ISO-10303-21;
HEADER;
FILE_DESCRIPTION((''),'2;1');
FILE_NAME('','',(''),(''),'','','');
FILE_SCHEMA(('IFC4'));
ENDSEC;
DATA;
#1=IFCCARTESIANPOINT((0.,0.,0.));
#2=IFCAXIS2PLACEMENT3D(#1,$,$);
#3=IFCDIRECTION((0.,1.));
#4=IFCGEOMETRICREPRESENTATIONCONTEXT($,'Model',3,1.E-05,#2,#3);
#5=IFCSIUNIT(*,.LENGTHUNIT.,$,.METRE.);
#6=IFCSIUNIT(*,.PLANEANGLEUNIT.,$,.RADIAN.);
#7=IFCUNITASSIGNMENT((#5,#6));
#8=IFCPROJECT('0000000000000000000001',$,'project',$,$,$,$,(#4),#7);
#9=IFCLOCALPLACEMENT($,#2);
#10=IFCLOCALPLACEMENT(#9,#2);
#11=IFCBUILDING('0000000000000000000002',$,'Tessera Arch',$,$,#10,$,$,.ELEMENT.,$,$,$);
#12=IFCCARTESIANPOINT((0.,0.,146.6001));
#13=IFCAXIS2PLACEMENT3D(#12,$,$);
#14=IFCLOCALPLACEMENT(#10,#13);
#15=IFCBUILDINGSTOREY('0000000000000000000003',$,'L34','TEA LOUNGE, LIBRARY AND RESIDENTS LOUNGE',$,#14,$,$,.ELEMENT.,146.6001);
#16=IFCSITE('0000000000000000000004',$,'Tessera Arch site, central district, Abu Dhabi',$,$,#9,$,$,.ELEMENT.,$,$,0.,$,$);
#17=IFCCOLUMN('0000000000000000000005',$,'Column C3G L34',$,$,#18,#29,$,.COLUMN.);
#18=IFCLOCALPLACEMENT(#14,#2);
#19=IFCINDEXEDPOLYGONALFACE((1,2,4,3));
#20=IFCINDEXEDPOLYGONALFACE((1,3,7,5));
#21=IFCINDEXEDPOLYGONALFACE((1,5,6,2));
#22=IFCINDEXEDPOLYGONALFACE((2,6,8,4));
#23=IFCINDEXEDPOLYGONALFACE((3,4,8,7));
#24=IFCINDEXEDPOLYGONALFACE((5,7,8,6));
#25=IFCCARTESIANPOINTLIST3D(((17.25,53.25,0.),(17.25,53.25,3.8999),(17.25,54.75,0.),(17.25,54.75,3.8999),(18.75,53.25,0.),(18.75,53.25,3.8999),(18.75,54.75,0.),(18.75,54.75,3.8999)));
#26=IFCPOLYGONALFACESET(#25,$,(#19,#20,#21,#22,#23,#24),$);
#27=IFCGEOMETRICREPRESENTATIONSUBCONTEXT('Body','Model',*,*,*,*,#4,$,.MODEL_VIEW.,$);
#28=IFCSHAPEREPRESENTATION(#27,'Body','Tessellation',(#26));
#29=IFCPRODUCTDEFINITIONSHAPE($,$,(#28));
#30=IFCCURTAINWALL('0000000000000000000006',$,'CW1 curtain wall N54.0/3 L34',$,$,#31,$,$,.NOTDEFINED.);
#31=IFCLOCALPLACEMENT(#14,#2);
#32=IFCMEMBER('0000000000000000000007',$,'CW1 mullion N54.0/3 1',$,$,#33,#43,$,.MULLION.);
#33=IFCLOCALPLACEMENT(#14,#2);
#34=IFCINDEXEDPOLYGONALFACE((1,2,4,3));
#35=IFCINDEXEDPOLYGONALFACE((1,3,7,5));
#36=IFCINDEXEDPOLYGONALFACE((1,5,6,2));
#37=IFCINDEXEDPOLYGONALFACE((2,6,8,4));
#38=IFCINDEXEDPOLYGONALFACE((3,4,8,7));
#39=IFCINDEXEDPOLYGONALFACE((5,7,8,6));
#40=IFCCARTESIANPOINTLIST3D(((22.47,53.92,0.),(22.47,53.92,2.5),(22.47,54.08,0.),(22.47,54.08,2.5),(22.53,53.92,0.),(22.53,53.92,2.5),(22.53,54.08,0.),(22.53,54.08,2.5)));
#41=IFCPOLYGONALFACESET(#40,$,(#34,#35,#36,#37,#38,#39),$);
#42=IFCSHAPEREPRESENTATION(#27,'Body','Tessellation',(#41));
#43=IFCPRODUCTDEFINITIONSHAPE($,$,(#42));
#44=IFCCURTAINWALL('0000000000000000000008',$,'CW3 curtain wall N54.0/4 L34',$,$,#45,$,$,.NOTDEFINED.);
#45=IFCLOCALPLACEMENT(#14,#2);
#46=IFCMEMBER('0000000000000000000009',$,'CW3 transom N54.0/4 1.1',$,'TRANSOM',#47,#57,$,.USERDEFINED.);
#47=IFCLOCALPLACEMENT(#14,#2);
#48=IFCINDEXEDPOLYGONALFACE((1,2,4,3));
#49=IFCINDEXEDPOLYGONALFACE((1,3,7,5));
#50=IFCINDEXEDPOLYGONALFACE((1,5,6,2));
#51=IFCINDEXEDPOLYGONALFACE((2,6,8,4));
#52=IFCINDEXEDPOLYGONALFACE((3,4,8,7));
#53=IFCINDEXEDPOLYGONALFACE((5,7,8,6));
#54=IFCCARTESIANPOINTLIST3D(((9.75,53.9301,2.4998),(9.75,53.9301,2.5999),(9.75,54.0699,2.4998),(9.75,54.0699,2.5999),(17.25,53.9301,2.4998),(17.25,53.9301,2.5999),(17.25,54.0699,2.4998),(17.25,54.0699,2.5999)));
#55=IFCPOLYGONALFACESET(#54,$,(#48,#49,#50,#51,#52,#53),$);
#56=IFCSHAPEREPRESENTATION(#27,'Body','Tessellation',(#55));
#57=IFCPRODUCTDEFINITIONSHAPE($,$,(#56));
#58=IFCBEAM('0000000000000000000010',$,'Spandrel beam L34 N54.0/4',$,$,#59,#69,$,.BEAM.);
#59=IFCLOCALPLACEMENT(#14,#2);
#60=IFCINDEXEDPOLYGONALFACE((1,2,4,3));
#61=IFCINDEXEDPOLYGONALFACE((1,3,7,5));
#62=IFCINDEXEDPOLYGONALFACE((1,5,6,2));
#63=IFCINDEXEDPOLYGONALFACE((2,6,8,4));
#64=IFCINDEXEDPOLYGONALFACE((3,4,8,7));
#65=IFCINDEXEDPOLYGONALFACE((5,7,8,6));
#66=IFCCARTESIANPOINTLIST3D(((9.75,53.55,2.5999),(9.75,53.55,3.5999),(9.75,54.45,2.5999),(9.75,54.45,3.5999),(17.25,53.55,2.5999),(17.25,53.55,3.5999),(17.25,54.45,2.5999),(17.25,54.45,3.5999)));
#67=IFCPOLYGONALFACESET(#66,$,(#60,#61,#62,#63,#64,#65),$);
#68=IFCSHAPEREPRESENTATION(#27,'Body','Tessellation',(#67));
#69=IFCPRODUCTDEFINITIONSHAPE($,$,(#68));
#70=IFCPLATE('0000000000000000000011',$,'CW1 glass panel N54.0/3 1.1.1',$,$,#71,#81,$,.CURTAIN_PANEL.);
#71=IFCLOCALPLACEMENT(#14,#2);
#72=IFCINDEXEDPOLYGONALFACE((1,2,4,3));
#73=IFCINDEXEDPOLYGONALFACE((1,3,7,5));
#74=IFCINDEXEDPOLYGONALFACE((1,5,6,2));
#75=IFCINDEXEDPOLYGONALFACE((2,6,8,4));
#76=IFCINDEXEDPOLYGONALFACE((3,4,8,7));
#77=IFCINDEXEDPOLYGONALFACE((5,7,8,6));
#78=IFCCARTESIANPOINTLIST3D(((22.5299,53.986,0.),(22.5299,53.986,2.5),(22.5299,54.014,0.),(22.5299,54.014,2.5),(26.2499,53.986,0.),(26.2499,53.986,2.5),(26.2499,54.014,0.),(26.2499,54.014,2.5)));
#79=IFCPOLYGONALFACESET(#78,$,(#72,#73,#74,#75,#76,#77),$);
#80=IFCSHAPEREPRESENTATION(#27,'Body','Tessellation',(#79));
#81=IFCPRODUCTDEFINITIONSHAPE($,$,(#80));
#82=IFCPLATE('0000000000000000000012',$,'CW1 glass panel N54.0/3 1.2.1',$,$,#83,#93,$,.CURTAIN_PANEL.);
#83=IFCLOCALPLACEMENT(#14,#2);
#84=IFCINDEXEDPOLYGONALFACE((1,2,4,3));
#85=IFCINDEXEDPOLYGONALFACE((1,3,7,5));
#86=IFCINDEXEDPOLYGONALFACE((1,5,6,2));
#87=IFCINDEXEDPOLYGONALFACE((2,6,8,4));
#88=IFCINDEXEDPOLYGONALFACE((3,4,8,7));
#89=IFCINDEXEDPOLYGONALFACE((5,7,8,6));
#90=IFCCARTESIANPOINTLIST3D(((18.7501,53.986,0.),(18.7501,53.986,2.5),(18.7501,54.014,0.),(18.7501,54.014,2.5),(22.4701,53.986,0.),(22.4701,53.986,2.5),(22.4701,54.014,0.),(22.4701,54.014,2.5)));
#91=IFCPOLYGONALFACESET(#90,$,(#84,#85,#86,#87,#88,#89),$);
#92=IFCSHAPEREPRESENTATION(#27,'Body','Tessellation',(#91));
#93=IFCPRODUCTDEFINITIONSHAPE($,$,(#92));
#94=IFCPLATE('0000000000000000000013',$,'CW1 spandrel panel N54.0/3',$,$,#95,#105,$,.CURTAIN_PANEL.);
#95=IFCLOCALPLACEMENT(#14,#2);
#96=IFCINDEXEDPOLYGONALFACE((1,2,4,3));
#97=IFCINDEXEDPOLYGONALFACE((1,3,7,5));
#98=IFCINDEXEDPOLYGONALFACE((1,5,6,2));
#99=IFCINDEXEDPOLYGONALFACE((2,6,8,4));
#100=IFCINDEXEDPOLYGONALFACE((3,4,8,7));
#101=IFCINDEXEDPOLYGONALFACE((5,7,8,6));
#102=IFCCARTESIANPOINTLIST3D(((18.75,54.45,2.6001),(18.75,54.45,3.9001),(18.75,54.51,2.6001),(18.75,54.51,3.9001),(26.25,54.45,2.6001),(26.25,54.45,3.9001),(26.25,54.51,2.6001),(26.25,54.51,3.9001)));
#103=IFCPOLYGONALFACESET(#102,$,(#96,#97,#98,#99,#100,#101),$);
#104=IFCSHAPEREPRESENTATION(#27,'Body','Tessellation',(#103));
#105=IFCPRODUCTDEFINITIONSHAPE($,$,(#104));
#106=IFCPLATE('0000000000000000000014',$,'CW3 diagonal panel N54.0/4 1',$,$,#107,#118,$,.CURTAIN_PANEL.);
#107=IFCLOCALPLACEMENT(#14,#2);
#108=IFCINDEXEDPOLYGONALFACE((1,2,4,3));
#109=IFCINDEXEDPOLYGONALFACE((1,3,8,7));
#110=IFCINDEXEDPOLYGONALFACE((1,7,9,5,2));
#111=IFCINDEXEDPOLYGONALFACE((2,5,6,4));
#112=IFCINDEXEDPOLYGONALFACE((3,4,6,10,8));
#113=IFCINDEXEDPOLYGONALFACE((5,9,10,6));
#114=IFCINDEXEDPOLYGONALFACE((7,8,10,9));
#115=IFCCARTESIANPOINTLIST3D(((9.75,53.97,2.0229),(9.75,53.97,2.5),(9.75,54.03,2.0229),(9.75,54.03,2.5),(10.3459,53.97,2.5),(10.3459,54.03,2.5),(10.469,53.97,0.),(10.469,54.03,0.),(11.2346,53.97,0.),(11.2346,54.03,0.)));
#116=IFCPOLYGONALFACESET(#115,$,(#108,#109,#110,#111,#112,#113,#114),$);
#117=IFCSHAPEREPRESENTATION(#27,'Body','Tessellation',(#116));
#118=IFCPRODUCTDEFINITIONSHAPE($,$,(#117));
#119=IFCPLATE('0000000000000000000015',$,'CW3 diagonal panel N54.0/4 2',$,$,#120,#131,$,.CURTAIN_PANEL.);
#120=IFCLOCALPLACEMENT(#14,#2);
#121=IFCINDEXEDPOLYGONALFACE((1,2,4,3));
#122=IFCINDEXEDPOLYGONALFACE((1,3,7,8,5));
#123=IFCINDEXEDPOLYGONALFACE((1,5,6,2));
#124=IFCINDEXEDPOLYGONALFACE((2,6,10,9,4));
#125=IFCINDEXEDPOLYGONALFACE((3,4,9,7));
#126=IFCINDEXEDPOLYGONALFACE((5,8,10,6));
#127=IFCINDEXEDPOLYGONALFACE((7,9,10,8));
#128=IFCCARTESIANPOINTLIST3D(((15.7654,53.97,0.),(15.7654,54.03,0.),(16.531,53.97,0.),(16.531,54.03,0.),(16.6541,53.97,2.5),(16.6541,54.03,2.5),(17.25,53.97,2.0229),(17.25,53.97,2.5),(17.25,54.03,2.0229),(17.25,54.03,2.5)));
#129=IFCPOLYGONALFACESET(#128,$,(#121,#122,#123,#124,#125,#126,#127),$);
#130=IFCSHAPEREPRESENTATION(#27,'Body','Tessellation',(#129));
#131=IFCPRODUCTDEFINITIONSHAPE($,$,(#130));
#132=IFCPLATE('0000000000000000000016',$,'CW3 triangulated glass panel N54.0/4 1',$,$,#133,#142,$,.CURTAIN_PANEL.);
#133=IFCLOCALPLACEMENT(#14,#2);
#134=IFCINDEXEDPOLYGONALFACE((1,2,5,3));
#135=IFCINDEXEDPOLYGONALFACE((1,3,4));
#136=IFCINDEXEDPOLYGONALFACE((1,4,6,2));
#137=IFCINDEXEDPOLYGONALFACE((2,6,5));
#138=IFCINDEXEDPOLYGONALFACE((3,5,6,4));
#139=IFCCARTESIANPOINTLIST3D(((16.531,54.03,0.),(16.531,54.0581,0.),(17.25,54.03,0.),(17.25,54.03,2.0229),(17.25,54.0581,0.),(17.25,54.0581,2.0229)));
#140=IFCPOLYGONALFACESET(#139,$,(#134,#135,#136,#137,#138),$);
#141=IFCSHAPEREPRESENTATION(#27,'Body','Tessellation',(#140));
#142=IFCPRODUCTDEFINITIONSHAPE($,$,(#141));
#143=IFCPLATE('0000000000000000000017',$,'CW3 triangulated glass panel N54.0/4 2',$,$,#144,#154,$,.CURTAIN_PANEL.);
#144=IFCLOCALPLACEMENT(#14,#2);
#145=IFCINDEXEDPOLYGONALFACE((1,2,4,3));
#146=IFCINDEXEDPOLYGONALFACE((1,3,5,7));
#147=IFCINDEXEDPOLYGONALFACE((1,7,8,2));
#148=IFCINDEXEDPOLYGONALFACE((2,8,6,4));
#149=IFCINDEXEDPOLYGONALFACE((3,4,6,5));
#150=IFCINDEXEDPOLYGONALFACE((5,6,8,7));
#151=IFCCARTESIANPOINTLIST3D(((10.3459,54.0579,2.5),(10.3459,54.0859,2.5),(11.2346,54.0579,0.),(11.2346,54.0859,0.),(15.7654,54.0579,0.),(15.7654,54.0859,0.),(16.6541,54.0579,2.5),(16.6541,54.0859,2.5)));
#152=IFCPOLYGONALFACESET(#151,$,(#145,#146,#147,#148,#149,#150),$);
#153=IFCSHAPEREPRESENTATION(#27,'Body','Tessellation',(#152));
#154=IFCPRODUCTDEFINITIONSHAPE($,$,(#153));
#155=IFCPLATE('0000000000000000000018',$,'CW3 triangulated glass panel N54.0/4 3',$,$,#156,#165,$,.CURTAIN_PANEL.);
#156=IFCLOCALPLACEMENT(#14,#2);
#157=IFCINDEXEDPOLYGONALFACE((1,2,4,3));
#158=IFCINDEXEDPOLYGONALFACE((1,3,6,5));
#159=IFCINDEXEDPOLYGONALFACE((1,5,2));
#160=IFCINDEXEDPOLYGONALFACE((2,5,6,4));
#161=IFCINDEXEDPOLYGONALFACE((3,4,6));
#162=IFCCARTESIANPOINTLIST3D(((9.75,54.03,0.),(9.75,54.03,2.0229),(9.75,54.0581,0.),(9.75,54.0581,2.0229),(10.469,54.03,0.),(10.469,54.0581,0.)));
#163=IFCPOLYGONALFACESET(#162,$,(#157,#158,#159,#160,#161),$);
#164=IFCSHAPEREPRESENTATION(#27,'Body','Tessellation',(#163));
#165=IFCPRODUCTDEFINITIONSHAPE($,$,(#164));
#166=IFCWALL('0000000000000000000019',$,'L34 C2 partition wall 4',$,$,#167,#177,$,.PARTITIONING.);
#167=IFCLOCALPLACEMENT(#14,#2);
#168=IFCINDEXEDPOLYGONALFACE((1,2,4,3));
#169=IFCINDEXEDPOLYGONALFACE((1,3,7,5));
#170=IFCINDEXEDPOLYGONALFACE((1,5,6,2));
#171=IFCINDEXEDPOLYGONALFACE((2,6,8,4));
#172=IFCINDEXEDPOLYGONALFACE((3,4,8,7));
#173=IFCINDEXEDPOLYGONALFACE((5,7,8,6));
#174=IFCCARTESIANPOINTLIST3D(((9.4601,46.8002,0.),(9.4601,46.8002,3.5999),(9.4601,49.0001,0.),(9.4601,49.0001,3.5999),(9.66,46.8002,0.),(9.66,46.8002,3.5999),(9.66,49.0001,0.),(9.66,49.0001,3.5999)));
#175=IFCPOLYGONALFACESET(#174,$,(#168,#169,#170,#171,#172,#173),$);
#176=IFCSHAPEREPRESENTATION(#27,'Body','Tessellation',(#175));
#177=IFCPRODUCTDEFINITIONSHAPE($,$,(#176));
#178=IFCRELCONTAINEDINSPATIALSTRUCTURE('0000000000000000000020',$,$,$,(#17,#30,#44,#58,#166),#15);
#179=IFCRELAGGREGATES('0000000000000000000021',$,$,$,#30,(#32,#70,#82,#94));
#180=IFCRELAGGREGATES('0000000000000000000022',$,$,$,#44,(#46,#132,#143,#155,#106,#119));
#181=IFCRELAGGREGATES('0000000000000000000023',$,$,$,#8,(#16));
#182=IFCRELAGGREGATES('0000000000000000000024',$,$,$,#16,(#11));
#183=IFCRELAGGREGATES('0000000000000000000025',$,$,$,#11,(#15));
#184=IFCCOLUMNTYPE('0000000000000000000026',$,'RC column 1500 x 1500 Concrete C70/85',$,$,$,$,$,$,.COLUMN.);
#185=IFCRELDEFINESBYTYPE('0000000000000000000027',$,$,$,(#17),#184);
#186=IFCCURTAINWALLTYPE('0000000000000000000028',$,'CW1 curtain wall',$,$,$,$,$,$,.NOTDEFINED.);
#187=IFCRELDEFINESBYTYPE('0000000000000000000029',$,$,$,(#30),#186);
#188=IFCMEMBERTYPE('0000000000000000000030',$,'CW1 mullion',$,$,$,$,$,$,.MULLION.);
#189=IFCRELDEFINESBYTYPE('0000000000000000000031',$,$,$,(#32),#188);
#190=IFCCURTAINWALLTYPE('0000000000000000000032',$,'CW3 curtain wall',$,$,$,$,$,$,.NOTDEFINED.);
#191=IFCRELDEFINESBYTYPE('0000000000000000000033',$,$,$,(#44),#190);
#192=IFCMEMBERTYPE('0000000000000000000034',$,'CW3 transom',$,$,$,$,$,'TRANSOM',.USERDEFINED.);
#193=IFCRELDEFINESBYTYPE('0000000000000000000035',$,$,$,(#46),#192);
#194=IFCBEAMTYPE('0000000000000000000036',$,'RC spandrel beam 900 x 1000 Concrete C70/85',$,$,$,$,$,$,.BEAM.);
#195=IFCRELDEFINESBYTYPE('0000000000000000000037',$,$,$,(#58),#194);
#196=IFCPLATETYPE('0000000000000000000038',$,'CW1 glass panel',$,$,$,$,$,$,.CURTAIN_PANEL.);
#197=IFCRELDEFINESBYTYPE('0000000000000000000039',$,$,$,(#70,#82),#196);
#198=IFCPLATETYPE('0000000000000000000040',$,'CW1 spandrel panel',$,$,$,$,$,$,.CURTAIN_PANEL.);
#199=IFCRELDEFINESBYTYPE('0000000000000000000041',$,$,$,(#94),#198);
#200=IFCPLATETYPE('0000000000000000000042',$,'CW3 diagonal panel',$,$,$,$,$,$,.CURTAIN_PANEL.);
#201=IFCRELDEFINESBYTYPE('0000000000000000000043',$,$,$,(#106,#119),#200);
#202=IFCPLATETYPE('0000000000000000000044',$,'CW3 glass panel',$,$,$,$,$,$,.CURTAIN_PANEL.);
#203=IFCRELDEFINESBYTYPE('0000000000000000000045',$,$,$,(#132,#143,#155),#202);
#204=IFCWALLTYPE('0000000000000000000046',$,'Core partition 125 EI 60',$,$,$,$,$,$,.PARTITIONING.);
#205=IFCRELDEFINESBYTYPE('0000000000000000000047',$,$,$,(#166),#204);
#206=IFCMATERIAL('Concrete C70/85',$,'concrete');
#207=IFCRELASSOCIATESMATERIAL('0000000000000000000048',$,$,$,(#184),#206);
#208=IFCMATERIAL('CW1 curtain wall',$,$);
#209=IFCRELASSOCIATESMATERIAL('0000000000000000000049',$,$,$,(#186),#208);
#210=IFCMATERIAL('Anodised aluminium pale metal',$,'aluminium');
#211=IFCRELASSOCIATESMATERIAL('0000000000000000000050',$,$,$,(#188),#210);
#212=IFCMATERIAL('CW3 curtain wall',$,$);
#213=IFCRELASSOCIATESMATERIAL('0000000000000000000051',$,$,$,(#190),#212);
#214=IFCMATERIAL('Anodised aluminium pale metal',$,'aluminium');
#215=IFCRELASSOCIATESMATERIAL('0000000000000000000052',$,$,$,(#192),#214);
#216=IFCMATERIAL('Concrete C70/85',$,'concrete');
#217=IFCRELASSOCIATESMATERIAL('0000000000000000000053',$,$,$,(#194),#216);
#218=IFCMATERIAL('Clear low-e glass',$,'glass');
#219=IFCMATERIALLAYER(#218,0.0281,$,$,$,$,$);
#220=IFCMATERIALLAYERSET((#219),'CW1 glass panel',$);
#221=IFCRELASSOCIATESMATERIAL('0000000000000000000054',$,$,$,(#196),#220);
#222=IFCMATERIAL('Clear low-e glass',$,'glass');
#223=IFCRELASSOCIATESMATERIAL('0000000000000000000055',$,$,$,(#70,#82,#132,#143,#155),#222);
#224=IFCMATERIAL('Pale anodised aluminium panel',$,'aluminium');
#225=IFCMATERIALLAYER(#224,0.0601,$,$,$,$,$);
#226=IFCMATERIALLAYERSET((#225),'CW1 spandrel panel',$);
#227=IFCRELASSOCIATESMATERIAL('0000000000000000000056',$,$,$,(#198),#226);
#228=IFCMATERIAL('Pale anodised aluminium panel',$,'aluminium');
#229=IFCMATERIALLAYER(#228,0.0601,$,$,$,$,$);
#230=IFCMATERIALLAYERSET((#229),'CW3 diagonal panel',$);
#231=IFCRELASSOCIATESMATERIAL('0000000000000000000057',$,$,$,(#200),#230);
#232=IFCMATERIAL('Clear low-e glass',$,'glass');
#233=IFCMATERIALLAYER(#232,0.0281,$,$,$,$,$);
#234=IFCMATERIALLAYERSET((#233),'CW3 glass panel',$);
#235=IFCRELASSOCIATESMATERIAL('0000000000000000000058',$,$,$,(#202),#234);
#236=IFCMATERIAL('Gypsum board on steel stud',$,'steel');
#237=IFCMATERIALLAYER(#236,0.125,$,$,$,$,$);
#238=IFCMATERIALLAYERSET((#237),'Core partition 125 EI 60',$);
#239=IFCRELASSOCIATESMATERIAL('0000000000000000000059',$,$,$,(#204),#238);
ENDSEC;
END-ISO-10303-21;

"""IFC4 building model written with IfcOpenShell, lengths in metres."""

from ifc_helpers import new_model, si_unit, direction, frame, frame_2d, origin, origin_2d, place, context, subcontext, project, spatial, polyline, rectangle, outline, extrude, material, layer, layer_set, material_profile, profile_set, type_object, element, aggregate, save


model = new_model("IFC4")

# Units and contexts
model_context = context("Model", 3, precision=1e-05, world=origin(), true_north=direction((0.0, 1.0)))
body_context = subcontext(model_context, "Body", "Model", "MODEL_VIEW")
ifc_project = project(units=[si_unit("LENGTHUNIT", "METRE"), si_unit("PLANEANGLEUNIT", "RADIAN")], contexts=[model_context])

# Site, building, storey
site_placement = place(None, origin())
site = spatial("IfcSite", under=ifc_project, at=site_placement, Name="Tessera Arch site, central district, Abu Dhabi", CompositionType="ELEMENT", RefElevation=0.0)
building_placement = place(site_placement, origin())
building = spatial("IfcBuilding", under=site, at=building_placement, Name="Tessera Arch", CompositionType="ELEMENT")
storey_placement = place(building_placement, frame((0.0, 0.0, 146.6001)))
storey = spatial("IfcBuildingStorey", under=building, at=storey_placement, Name="L34", Description="TEA LOUNGE, LIBRARY AND RESIDENTS LOUNGE", CompositionType="ELEMENT", Elevation=146.6001)

# Column
ifc_material_1 = material(Name="Concrete C70/85", Category="concrete")
ifc_material_profile_1 = material_profile(ifc_material_1, rectangle(XDim=1.5, YDim=1.5, at=origin_2d()), Name="RC column 1500 x 1500 Concrete C70/85")
ifc_profile_set_1 = profile_set([ifc_material_profile_1], Name="Concrete C70/85")
column_type = type_object("IfcColumnType", Name="RC column 1500 x 1500 Concrete C70/85", PredefinedType="COLUMN", material=ifc_profile_set_1)
column_placement = place(storey_placement, frame((18.0, 54.0, 0.0), z_axis=(0.0, 0.0, 1.0), x_axis=(1.0, 0.0, 0.0)))
element("IfcColumn", 1, at=column_placement, inside=storey, type_object=column_type, Name="Column C3G L34", PredefinedType="COLUMN", context=body_context, shape_type="SweptSolid", body=[
    extrude(rectangle(XDim=1.5, YDim=1.5, at=origin_2d()), origin(), (0.0, 0.0, 1.0), 3.8999),
])

# Curtain walls, members
ifc_material_2 = material(Name="CW1 curtain wall")
curtain_wall_type_1 = type_object("IfcCurtainWallType", Name="CW1 curtain wall", PredefinedType="NOTDEFINED", material=ifc_material_2)
curtain_wall_1_placement = place(storey_placement, origin())
curtain_wall_1 = element("IfcCurtainWall", 2, at=curtain_wall_1_placement, inside=storey, type_object=curtain_wall_type_1, Name="CW1 curtain wall N54.0/3 L34", PredefinedType="NOTDEFINED")
ifc_material_3 = material(Name="Anodised aluminium pale metal", Category="aluminium")
ifc_material_profile_2 = material_profile(ifc_material_3, rectangle(XDim=0.1599, YDim=0.0601, at=origin_2d()), Name="AL 60x160")
ifc_profile_set_2 = profile_set([ifc_material_profile_2], Name="Anodised aluminium pale metal")
member_type_1 = type_object("IfcMemberType", Name="CW1 mullion", PredefinedType="MULLION", material=ifc_profile_set_2)
member_1_placement = place(storey_placement, frame((22.5, 54.0, 0.0), z_axis=(0.0, 0.0, 1.0), x_axis=(0.0, -1.0, 0.0)))
member_1 = element("IfcMember", 3, at=member_1_placement, type_object=member_type_1, Name="CW1 mullion N54.0/3 1", PredefinedType="MULLION", context=body_context, shape_type="SweptSolid", body=[
    extrude(rectangle(XDim=0.1599, YDim=0.0601, at=origin_2d()), origin(), (0.0, 0.0, 1.0), 2.5),
])
ifc_material_4 = material(Name="CW3 curtain wall")
curtain_wall_type_2 = type_object("IfcCurtainWallType", Name="CW3 curtain wall", PredefinedType="NOTDEFINED", material=ifc_material_4)
curtain_wall_2_placement = place(storey_placement, origin())
curtain_wall_2 = element("IfcCurtainWall", 4, at=curtain_wall_2_placement, inside=storey, type_object=curtain_wall_type_2, Name="CW3 curtain wall N54.0/4 L34", PredefinedType="NOTDEFINED")
ifc_material_5 = material(Name="Anodised aluminium pale metal", Category="aluminium")
ifc_material_profile_3 = material_profile(ifc_material_5, rectangle(XDim=0.1399, YDim=0.1001, at=origin_2d()), Name="AL 140x100")
ifc_profile_set_3 = profile_set([ifc_material_profile_3], Name="Anodised aluminium pale metal")
member_type_2 = type_object("IfcMemberType", Name="CW3 transom", ElementType="TRANSOM", PredefinedType="USERDEFINED", material=ifc_profile_set_3)
member_2_placement = place(storey_placement, frame((17.25, 54.0, 2.5498), z_axis=(-1.0, 0.0, 0.0), x_axis=(0.0, -1.0, 0.0)))
member_2 = element("IfcMember", 5, at=member_2_placement, type_object=member_type_2, Name="CW3 transom N54.0/4 1.1", ObjectType="TRANSOM", PredefinedType="USERDEFINED", context=body_context, shape_type="SweptSolid", body=[
    extrude(rectangle(XDim=0.1399, YDim=0.1001, at=origin_2d()), origin(), (0.0, 0.0, 1.0), 7.5),
])

# Beam
ifc_material_6 = material(Name="Concrete C70/85", Category="concrete")
ifc_material_profile_4 = material_profile(ifc_material_6, rectangle(XDim=0.8999, YDim=1.0, at=origin_2d()), Name="RC spandrel beam 900 x 1000 Concrete C70/85")
ifc_profile_set_4 = profile_set([ifc_material_profile_4], Name="Concrete C70/85")
beam_type = type_object("IfcBeamType", Name="RC spandrel beam 900 x 1000 Concrete C70/85", PredefinedType="BEAM", material=ifc_profile_set_4)
beam_placement = place(storey_placement, frame((17.25, 54.0, 3.0999), z_axis=(-1.0, 0.0, 0.0), x_axis=(0.0, -1.0, 0.0)))
element("IfcBeam", 6, at=beam_placement, inside=storey, type_object=beam_type, Name="Spandrel beam L34 N54.0/4", PredefinedType="BEAM", context=body_context, shape_type="SweptSolid", body=[
    extrude(rectangle(XDim=0.8999, YDim=1.0, at=origin_2d()), origin(), (0.0, 0.0, 1.0), 7.5),
])

# Plates
ifc_material_7 = material(Name="Clear low-e glass", Category="glass")
ifc_material_8 = material(Name="Clear low-e glass", Category="glass")
ifc_layer_1 = layer(ifc_material_8, 0.0281)
ifc_layer_set_1 = layer_set([ifc_layer_1], Name="CW1 glass panel")
plate_type_1 = type_object("IfcPlateType", Name="CW1 glass panel", PredefinedType="CURTAIN_PANEL", material=ifc_layer_set_1)
plate_1_placement = place(storey_placement, frame((24.3899, 54.0, 0.0), z_axis=(0.0, 0.0, 1.0), x_axis=(-1.0, 0.0, 0.0)))
plate_1 = element("IfcPlate", 7, at=plate_1_placement, type_object=plate_type_1, material=ifc_material_7, Name="CW1 glass panel N54.0/3 1.1.1", PredefinedType="CURTAIN_PANEL", context=body_context, shape_type="SweptSolid", body=[
    extrude(rectangle(XDim=3.72, YDim=0.0281, at=origin_2d()), origin(), (0.0, 0.0, 1.0), 2.5),
])
plate_2_placement = place(storey_placement, frame((20.6101, 54.0, 0.0), z_axis=(0.0, 0.0, 1.0), x_axis=(-1.0, 0.0, 0.0)))
plate_2 = element("IfcPlate", 8, at=plate_2_placement, type_object=plate_type_1, material=ifc_material_7, Name="CW1 glass panel N54.0/3 1.2.1", PredefinedType="CURTAIN_PANEL", context=body_context, shape_type="SweptSolid", body=[
    extrude(rectangle(XDim=3.72, YDim=0.0281, at=origin_2d()), origin(), (0.0, 0.0, 1.0), 2.5),
])
ifc_material_9 = material(Name="Pale anodised aluminium panel", Category="aluminium")
ifc_layer_2 = layer(ifc_material_9, 0.0601)
ifc_layer_set_2 = layer_set([ifc_layer_2], Name="CW1 spandrel panel")
plate_type_2 = type_object("IfcPlateType", Name="CW1 spandrel panel", PredefinedType="CURTAIN_PANEL", material=ifc_layer_set_2)
plate_3_placement = place(storey_placement, frame((22.5, 54.48, 2.6001), z_axis=(0.0, 0.0, 1.0), x_axis=(-1.0, 0.0, 0.0)))
plate_3 = element("IfcPlate", 9, at=plate_3_placement, type_object=plate_type_2, Name="CW1 spandrel panel N54.0/3", PredefinedType="CURTAIN_PANEL", context=body_context, shape_type="SweptSolid", body=[
    extrude(rectangle(XDim=7.5, YDim=0.0601, at=origin_2d()), origin(), (0.0, 0.0, 1.0), 1.3),
])
aggregate(curtain_wall_1, [member_1, plate_1, plate_2, plate_3])
ifc_material_10 = material(Name="Pale anodised aluminium panel", Category="aluminium")
ifc_layer_3 = layer(ifc_material_10, 0.0601)
ifc_layer_set_3 = layer_set([ifc_layer_3], Name="CW3 diagonal panel")
plate_type_3 = type_object("IfcPlateType", Name="CW3 diagonal panel", PredefinedType="CURTAIN_PANEL", material=ifc_layer_set_3)
plate_4_placement = place(storey_placement, frame((9.75, 54.03, 2.5), z_axis=(0.0, 1.0, 0.0), x_axis=(1.0, 0.0, 0.0)))
plate_4 = element("IfcPlate", 10, at=plate_4_placement, type_object=plate_type_3, Name="CW3 diagonal panel N54.0/4 1", PredefinedType="CURTAIN_PANEL", context=body_context, shape_type="SweptSolid", body=[
    extrude(outline(polyline([(0.0, 0.0), (0.5959, 0.0), (1.4846, 2.5), (0.719, 2.5), (0.0, 0.4771), (0.0, 0.0)])), origin(), (0.0, 0.0, -1.0), 0.0601),
])
plate_5_placement = place(storey_placement, frame((17.25, 54.03, 2.5), z_axis=(0.0, 1.0, 0.0), x_axis=(0.0, 0.0, -1.0)))
plate_5 = element("IfcPlate", 11, at=plate_5_placement, type_object=plate_type_3, Name="CW3 diagonal panel N54.0/4 2", PredefinedType="CURTAIN_PANEL", context=body_context, shape_type="SweptSolid", body=[
    extrude(outline(polyline([(0.0, 0.0), (0.4771, 0.0), (2.5, 0.719), (2.5, 1.4846), (0.0, 0.5959), (0.0, 0.0)])), origin(), (0.0, 0.0, -1.0), 0.0601),
])
ifc_material_11 = material(Name="Clear low-e glass", Category="glass")
ifc_layer_4 = layer(ifc_material_11, 0.0281)
ifc_layer_set_4 = layer_set([ifc_layer_4], Name="CW3 glass panel")
plate_type_4 = type_object("IfcPlateType", Name="CW3 glass panel", PredefinedType="CURTAIN_PANEL", material=ifc_layer_set_4)
plate_6_placement = place(storey_placement, frame((17.25, 54.0581, 0.0), z_axis=(0.0, 1.0, 0.0), x_axis=(-1.0, 0.0, 0.0)))
plate_6 = element("IfcPlate", 12, at=plate_6_placement, type_object=plate_type_4, material=ifc_material_7, Name="CW3 triangulated glass panel N54.0/4 1", PredefinedType="CURTAIN_PANEL", context=body_context, shape_type="SweptSolid", body=[
    extrude(outline(polyline([(0.0, 0.0), (0.719, 0.0), (0.0, 2.0229), (0.0, 0.0)])), origin(), (0.0, 0.0, -1.0), 0.0281),
])
plate_7_placement = place(storey_placement, frame((10.3459, 54.0859, 2.5), z_axis=(0.0, 1.0, 0.0), x_axis=(1.0, 0.0, 0.0)))
plate_7 = element("IfcPlate", 13, at=plate_7_placement, type_object=plate_type_4, material=ifc_material_7, Name="CW3 triangulated glass panel N54.0/4 2", PredefinedType="CURTAIN_PANEL", context=body_context, shape_type="SweptSolid", body=[
    extrude(outline(polyline([(0.0, 0.0), (6.3081, 0.0), (5.4194, 2.5), (0.8887, 2.5), (0.0, 0.0)])), origin(), (0.0, 0.0, -1.0), 0.0281),
])
plate_8_placement = place(storey_placement, frame((9.75, 54.0581, 0.0), z_axis=(0.0, 1.0, 0.0), x_axis=(0.0, 0.0, 1.0)))
plate_8 = element("IfcPlate", 14, at=plate_8_placement, type_object=plate_type_4, material=ifc_material_7, Name="CW3 triangulated glass panel N54.0/4 3", PredefinedType="CURTAIN_PANEL", context=body_context, shape_type="SweptSolid", body=[
    extrude(outline(polyline([(0.0, 0.0), (2.0229, 0.0), (0.0, 0.719), (0.0, 0.0)])), origin(), (0.0, 0.0, -1.0), 0.0281),
])
aggregate(curtain_wall_2, [member_2, plate_6, plate_7, plate_8, plate_4, plate_5])

# Wall
ifc_material_12 = material(Name="Gypsum board on steel stud", Category="steel")
ifc_layer_5 = layer(ifc_material_12, 0.125)
ifc_layer_set_5 = layer_set([ifc_layer_5], Name="Core partition 125 EI 60")
wall_type_1 = type_object("IfcWallType", Name="Core partition 125 EI 60", PredefinedType="PARTITIONING", material=ifc_layer_set_5)
wall_1_placement = place(storey_placement, frame((9.5601, 46.8, 0.0), z_axis=(0.0, 0.0, 1.0), x_axis=(0.0, 1.0, 0.0)))
element("IfcWall", 15, at=wall_1_placement, inside=storey, type_object=wall_type_1, Name="L34 C2 partition wall 4", PredefinedType="PARTITIONING", context=body_context, shape_type="SweptSolid", body=[
    extrude(rectangle(XDim=2.2, YDim=0.2, at=frame_2d((1.1001, 0.0))), origin(), (0.0, 0.0, 1.0), 3.5999),
])

save(model, "model.ifc")
